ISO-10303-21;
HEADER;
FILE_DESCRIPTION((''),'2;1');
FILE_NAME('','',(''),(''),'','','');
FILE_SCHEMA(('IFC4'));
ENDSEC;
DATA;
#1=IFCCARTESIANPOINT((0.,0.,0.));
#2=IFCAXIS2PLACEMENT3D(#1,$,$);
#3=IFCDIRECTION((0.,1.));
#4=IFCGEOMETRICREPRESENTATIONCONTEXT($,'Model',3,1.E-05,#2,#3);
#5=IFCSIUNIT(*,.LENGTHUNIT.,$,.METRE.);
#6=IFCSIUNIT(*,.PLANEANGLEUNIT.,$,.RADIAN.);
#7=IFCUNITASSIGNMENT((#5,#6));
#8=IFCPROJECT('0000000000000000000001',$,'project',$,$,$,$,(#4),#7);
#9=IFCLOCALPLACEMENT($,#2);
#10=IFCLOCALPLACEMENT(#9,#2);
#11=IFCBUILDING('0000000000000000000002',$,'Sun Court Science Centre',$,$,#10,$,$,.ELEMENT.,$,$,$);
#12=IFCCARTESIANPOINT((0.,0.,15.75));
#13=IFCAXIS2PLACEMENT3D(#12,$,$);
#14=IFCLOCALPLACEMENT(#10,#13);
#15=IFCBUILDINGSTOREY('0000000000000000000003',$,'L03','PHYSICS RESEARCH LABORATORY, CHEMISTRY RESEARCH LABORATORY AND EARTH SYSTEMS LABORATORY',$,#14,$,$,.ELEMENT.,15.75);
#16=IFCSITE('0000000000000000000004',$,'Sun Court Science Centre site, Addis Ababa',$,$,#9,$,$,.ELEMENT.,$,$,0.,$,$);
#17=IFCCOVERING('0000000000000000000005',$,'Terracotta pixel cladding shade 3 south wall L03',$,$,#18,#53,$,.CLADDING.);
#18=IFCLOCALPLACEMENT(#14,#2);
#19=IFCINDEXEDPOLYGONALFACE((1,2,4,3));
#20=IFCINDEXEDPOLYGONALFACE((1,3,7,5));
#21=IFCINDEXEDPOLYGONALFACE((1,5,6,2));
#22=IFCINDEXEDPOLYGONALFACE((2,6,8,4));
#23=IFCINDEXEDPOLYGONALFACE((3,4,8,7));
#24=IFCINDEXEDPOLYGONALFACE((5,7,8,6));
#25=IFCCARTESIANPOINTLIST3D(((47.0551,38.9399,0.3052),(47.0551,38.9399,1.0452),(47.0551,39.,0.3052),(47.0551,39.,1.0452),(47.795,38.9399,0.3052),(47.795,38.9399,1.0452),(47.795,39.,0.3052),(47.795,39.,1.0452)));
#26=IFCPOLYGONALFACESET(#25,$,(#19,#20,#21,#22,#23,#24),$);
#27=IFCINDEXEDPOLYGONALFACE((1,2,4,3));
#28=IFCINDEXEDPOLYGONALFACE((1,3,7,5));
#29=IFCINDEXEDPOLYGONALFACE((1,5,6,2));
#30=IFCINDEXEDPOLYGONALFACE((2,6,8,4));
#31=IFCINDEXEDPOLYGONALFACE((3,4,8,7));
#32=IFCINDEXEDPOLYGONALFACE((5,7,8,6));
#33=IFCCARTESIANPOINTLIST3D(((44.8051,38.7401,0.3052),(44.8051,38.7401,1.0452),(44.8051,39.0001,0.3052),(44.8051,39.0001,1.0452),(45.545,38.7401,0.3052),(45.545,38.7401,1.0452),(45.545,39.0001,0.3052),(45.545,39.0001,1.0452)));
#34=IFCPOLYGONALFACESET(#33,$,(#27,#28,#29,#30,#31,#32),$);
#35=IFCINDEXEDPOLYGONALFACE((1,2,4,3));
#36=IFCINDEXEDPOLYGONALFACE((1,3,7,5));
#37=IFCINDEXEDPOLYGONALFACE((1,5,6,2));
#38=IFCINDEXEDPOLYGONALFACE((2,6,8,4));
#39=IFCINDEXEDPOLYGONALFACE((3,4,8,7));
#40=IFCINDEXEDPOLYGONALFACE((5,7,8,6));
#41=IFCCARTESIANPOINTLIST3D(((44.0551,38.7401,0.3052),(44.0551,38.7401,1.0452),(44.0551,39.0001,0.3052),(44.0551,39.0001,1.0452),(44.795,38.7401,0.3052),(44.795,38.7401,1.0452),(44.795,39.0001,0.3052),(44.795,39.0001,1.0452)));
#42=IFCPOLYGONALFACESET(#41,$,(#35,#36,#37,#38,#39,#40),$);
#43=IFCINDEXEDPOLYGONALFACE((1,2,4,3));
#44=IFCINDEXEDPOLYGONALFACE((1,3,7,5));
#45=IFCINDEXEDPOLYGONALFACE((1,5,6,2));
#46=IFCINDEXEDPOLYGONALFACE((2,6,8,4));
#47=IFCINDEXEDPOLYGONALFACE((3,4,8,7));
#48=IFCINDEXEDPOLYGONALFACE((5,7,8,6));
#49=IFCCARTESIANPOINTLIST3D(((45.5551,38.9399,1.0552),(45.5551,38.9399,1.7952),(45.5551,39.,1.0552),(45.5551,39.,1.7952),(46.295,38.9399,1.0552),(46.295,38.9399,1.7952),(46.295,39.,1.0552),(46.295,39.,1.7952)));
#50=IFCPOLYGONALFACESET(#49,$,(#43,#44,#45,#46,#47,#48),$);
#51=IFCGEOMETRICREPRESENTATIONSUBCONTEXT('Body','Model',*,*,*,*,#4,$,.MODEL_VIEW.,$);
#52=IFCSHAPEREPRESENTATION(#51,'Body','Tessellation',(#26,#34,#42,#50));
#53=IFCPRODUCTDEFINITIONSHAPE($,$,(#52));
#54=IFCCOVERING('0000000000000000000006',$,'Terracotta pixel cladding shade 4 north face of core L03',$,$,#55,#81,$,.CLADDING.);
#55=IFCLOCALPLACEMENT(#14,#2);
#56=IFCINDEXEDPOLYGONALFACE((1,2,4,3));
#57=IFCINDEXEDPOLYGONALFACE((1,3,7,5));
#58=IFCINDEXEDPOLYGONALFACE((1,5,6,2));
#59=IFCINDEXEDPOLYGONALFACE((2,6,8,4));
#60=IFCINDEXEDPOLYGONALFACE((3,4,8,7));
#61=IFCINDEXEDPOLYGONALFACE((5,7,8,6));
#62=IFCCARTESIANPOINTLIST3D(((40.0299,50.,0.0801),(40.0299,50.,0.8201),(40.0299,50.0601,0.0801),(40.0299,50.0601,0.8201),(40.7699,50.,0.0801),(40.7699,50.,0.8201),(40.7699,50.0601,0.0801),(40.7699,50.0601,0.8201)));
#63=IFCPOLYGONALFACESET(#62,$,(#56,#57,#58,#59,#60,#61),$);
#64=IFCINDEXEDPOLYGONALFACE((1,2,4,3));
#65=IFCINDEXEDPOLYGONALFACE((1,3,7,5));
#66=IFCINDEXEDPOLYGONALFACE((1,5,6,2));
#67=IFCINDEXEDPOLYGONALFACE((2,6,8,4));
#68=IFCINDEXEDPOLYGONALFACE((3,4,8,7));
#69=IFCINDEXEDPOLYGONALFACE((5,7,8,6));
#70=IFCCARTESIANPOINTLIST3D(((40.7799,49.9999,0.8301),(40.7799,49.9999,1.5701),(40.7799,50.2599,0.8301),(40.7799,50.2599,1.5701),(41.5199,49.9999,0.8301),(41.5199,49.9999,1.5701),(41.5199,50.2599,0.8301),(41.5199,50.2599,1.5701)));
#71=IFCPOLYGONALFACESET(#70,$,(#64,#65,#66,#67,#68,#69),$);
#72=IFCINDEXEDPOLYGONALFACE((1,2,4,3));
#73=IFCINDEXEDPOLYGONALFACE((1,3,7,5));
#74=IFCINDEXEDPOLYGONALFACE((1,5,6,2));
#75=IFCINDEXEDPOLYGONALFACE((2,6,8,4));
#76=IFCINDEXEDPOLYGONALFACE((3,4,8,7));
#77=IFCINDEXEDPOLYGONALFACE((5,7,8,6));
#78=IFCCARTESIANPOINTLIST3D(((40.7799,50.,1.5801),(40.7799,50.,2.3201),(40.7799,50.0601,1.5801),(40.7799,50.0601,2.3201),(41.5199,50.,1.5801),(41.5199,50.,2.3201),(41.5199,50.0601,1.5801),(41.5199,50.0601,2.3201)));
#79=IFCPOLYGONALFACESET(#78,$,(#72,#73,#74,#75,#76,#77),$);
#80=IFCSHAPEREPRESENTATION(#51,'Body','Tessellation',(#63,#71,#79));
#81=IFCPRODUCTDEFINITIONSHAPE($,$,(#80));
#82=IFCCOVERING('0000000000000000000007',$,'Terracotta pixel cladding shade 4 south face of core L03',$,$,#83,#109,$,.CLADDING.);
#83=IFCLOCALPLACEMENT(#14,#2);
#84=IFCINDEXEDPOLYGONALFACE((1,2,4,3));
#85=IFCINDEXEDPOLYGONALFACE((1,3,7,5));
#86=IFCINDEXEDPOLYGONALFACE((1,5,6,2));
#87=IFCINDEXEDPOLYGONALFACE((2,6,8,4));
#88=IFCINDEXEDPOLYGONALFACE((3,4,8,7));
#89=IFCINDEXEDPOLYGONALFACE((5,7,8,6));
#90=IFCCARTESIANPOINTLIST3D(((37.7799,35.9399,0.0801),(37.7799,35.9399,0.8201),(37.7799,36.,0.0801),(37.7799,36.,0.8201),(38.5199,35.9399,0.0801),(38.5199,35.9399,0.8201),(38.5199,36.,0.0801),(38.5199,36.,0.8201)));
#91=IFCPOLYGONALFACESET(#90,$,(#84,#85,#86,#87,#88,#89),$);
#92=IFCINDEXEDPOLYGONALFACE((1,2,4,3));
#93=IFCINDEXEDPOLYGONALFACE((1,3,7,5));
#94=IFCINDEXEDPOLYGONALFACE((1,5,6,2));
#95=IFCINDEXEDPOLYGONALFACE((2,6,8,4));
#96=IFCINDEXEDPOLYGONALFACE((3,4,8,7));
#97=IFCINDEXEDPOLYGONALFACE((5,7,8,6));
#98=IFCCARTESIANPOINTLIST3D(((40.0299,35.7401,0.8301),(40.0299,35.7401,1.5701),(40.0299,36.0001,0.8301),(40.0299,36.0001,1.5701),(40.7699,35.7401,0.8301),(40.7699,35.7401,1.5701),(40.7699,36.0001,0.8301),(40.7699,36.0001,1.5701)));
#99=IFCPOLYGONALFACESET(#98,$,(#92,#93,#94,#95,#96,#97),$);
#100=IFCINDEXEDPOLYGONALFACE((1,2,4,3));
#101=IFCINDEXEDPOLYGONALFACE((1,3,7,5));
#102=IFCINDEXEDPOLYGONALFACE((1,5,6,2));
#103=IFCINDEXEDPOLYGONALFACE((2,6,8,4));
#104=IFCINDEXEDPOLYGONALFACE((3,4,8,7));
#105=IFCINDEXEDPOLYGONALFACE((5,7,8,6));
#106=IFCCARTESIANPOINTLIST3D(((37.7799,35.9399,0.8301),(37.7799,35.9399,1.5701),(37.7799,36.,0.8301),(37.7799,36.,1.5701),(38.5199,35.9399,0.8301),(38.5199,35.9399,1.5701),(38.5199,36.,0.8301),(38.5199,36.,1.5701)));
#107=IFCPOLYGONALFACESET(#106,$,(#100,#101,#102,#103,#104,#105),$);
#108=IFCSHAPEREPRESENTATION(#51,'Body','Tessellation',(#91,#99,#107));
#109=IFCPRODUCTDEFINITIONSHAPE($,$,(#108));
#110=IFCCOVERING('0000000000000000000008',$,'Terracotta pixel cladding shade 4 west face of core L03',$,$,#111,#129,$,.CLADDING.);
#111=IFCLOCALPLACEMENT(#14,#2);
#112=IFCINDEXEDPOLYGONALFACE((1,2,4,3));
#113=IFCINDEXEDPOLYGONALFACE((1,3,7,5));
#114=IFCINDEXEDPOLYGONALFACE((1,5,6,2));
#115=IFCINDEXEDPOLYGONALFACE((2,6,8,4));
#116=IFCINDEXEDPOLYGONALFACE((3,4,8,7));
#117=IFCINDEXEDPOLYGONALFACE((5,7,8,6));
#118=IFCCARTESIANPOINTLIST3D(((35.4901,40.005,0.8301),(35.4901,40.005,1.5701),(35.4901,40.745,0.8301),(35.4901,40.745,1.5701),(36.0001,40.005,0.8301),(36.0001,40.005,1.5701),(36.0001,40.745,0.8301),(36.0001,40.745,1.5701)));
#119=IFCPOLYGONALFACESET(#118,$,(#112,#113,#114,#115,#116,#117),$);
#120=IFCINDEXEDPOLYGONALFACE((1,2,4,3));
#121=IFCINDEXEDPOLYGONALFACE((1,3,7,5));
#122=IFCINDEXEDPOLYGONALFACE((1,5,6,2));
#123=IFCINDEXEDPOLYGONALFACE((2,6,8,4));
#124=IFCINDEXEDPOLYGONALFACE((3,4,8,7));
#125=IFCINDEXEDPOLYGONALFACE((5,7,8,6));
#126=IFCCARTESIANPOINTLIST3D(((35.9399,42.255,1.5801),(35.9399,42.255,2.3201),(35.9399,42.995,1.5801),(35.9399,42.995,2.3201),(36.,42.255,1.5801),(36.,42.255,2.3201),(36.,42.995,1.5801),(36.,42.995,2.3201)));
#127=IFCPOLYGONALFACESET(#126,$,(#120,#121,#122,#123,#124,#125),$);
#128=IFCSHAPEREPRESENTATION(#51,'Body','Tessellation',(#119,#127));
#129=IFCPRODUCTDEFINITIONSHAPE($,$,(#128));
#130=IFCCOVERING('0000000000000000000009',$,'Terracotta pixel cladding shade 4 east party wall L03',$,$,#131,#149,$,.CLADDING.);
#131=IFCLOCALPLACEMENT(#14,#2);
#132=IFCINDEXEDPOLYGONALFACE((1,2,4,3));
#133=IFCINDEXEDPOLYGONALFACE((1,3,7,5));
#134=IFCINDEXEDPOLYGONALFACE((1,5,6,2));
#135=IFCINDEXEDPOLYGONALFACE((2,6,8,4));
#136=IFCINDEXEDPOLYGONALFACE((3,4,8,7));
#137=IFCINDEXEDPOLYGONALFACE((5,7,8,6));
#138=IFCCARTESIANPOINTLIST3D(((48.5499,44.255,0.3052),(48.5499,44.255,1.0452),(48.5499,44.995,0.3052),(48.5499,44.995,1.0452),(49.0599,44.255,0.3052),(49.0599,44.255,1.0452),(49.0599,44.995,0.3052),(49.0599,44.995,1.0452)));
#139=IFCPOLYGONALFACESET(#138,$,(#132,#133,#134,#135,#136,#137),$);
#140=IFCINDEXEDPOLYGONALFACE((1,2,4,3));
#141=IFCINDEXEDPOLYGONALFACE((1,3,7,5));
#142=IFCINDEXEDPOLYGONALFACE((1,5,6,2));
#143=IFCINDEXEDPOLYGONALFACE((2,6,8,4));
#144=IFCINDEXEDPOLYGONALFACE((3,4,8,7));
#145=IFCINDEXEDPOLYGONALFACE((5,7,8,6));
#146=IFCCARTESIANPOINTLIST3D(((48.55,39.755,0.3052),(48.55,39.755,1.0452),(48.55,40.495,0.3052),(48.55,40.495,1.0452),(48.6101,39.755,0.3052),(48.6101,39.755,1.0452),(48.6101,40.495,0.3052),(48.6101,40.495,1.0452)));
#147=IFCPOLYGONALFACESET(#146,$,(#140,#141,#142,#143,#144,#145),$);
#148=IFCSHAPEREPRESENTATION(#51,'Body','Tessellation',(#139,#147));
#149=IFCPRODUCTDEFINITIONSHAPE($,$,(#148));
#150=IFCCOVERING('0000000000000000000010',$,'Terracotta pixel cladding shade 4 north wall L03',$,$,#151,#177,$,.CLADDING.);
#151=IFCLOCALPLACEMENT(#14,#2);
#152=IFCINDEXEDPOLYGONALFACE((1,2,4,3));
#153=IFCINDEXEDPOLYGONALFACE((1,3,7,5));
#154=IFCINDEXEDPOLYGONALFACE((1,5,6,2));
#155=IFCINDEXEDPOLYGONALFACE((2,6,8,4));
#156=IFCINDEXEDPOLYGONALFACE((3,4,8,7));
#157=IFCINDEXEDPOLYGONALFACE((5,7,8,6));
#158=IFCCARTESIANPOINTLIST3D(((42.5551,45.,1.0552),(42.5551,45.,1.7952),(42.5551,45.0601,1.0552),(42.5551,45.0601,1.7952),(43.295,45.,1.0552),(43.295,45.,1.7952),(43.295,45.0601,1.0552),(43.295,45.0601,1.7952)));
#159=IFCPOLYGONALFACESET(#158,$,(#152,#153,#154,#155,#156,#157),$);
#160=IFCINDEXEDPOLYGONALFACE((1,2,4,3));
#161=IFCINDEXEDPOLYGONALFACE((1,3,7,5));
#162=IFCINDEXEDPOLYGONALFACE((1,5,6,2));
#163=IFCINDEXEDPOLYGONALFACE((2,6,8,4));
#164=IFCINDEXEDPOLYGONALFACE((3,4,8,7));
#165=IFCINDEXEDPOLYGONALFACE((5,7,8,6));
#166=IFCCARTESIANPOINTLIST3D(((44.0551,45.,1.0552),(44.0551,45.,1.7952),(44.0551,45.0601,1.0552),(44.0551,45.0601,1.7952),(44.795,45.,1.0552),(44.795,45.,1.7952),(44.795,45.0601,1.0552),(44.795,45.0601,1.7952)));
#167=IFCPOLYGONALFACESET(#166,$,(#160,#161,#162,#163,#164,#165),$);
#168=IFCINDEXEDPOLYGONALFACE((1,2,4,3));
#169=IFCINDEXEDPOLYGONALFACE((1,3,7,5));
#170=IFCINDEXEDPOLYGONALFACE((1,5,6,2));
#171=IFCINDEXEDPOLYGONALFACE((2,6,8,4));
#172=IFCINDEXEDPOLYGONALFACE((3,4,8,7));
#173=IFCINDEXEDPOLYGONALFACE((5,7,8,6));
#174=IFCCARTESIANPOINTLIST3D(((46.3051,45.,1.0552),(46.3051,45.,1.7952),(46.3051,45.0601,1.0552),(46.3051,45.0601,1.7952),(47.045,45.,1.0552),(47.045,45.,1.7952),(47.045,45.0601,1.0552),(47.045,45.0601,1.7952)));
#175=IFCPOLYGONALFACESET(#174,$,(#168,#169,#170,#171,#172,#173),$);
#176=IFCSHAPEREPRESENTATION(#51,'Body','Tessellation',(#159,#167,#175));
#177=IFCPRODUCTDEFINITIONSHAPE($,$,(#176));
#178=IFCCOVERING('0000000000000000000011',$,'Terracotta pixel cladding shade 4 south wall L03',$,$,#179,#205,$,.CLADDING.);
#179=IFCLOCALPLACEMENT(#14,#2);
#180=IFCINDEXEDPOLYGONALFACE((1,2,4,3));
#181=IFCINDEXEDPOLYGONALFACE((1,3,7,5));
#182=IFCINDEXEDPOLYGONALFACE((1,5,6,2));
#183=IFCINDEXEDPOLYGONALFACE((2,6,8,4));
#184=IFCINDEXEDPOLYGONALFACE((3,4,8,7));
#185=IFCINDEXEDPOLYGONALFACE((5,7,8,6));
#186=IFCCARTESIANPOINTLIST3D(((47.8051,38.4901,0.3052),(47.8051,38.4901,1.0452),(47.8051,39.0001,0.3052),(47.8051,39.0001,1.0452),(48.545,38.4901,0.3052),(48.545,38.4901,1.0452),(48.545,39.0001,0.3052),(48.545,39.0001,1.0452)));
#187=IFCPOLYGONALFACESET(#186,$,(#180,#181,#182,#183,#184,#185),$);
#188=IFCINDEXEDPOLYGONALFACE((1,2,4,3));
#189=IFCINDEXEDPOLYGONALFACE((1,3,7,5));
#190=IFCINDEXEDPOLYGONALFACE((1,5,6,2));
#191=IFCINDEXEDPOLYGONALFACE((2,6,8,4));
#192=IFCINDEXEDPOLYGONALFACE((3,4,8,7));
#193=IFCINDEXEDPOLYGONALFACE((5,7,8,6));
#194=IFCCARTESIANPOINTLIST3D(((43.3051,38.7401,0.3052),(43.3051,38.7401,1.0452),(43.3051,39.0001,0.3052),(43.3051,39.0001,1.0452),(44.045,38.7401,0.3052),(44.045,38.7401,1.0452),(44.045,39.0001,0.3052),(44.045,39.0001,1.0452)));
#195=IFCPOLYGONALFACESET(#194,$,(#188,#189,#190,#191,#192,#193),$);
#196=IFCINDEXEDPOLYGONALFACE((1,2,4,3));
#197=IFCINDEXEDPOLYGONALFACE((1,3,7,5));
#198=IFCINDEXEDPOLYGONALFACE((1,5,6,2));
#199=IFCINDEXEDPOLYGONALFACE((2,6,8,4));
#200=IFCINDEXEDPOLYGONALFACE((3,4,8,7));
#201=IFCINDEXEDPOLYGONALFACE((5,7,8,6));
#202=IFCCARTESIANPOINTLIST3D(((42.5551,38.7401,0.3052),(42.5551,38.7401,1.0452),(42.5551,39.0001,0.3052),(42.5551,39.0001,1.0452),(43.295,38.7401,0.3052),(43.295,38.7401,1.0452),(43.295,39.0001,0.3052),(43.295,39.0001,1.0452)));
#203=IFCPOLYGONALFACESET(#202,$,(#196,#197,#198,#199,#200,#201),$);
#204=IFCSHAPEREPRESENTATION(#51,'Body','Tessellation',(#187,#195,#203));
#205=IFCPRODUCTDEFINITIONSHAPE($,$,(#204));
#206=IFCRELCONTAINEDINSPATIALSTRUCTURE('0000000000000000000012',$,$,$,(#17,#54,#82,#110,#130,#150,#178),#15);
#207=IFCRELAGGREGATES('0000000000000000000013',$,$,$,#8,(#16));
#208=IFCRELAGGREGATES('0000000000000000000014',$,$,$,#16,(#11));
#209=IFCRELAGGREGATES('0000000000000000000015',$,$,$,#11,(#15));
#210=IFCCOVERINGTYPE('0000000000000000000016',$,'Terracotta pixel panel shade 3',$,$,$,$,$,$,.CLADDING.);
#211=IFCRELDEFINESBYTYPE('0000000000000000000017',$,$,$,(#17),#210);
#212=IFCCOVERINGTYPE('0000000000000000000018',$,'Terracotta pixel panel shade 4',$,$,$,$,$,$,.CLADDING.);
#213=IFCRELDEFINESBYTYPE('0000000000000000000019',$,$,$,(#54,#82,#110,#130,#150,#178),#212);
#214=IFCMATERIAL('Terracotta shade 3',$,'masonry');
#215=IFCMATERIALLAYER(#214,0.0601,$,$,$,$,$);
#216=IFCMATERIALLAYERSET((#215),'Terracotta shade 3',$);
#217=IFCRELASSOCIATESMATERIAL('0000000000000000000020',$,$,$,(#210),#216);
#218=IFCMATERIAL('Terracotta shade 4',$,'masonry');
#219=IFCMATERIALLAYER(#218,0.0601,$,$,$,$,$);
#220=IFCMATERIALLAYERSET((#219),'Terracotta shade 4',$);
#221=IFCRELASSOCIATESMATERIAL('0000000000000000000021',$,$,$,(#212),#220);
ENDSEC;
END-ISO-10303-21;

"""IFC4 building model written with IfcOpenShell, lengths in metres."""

from ifc_helpers import new_model, si_unit, direction, frame, origin, origin_2d, place, context, subcontext, project, spatial, rectangle, extrude, material, layer, layer_set, type_object, element, save


model = new_model("IFC4")

# Units and contexts
model_context = context("Model", 3, precision=1e-05, world=origin(), true_north=direction((0.0, 1.0)))
body_context = subcontext(model_context, "Body", "Model", "MODEL_VIEW")
ifc_project = project(units=[si_unit("LENGTHUNIT", "METRE"), si_unit("PLANEANGLEUNIT", "RADIAN")], contexts=[model_context])

# Site, building, storey
site_placement = place(None, origin())
site = spatial("IfcSite", under=ifc_project, at=site_placement, Name="Sun Court Science Centre site, Addis Ababa", CompositionType="ELEMENT", RefElevation=0.0)
building_placement = place(site_placement, origin())
building = spatial("IfcBuilding", under=site, at=building_placement, Name="Sun Court Science Centre", CompositionType="ELEMENT")
storey_placement = place(building_placement, frame((0.0, 0.0, 15.75)))
storey = spatial("IfcBuildingStorey", under=building, at=storey_placement, Name="L03", Description="PHYSICS RESEARCH LABORATORY, CHEMISTRY RESEARCH LABORATORY AND EARTH SYSTEMS LABORATORY", CompositionType="ELEMENT", Elevation=15.75)

# Coverings
ifc_material_1 = material(Name="Terracotta shade 3", Category="masonry")
ifc_layer_1 = layer(ifc_material_1, 0.0601)
ifc_layer_set_1 = layer_set([ifc_layer_1], Name="Terracotta shade 3")
covering_type_1 = type_object("IfcCoveringType", Name="Terracotta pixel panel shade 3", PredefinedType="CLADDING", material=ifc_layer_set_1)
covering_1_placement = place(storey_placement, frame((0.0, 0.0, -15.75)))
element("IfcCovering", 1, at=covering_1_placement, inside=storey, type_object=covering_type_1, Name="Terracotta pixel cladding shade 3 south wall L03", PredefinedType="CLADDING", context=body_context, shape_type="SweptSolid", body=[
    extrude(rectangle(XDim=0.74, YDim=0.0601, at=origin_2d()), frame((47.425, 38.97, 16.0552), z_axis=(0.0, 0.0, 1.0), x_axis=(-1.0, 0.0, 0.0)), (0.0, 0.0, 1.0), 0.74),
    extrude(rectangle(XDim=0.74, YDim=0.26, at=origin_2d()), frame((45.175, 38.8701, 16.0552), z_axis=(0.0, 0.0, 1.0), x_axis=(-1.0, 0.0, 0.0)), (0.0, 0.0, 1.0), 0.74),
    extrude(rectangle(XDim=0.74, YDim=0.26, at=origin_2d()), frame((44.425, 38.8701, 16.0552), z_axis=(0.0, 0.0, 1.0), x_axis=(-1.0, 0.0, 0.0)), (0.0, 0.0, 1.0), 0.74),
    extrude(rectangle(XDim=0.74, YDim=0.0601, at=origin_2d()), frame((45.925, 38.97, 16.8052), z_axis=(0.0, 0.0, 1.0), x_axis=(-1.0, 0.0, 0.0)), (0.0, 0.0, 1.0), 0.74),
])
ifc_material_2 = material(Name="Terracotta shade 4", Category="masonry")
ifc_layer_2 = layer(ifc_material_2, 0.0601)
ifc_layer_set_2 = layer_set([ifc_layer_2], Name="Terracotta shade 4")
covering_type_2 = type_object("IfcCoveringType", Name="Terracotta pixel panel shade 4", PredefinedType="CLADDING", material=ifc_layer_set_2)
covering_2_placement = place(storey_placement, frame((0.0, 0.0, -15.75)))
element("IfcCovering", 2, at=covering_2_placement, inside=storey, type_object=covering_type_2, Name="Terracotta pixel cladding shade 4 north face of core L03", PredefinedType="CLADDING", context=body_context, shape_type="SweptSolid", body=[
    extrude(rectangle(XDim=0.74, YDim=0.0601, at=origin_2d()), frame((40.3999, 50.03, 15.8301), z_axis=(0.0, 0.0, 1.0), x_axis=(1.0, 0.0, 0.0)), (0.0, 0.0, 1.0), 0.74),
    extrude(rectangle(XDim=0.74, YDim=0.26, at=origin_2d()), frame((41.1499, 50.1299, 16.5801), z_axis=(0.0, 0.0, 1.0), x_axis=(1.0, 0.0, 0.0)), (0.0, 0.0, 1.0), 0.74),
    extrude(rectangle(XDim=0.74, YDim=0.0601, at=origin_2d()), frame((41.1499, 50.03, 17.3301), z_axis=(0.0, 0.0, 1.0), x_axis=(1.0, 0.0, 0.0)), (0.0, 0.0, 1.0), 0.74),
])
covering_3_placement = place(storey_placement, frame((0.0, 0.0, -15.75)))
element("IfcCovering", 3, at=covering_3_placement, inside=storey, type_object=covering_type_2, Name="Terracotta pixel cladding shade 4 south face of core L03", PredefinedType="CLADDING", context=body_context, shape_type="SweptSolid", body=[
    extrude(rectangle(XDim=0.74, YDim=0.0601, at=origin_2d()), frame((38.1499, 35.97, 15.8301), z_axis=(0.0, 0.0, 1.0), x_axis=(-1.0, 0.0, 0.0)), (0.0, 0.0, 1.0), 0.74),
    extrude(rectangle(XDim=0.74, YDim=0.26, at=origin_2d()), frame((40.3999, 35.8701, 16.5801), z_axis=(0.0, 0.0, 1.0), x_axis=(-1.0, 0.0, 0.0)), (0.0, 0.0, 1.0), 0.74),
    extrude(rectangle(XDim=0.74, YDim=0.0601, at=origin_2d()), frame((38.1499, 35.97, 16.5801), z_axis=(0.0, 0.0, 1.0), x_axis=(-1.0, 0.0, 0.0)), (0.0, 0.0, 1.0), 0.74),
])
covering_4_placement = place(storey_placement, frame((0.0, 0.0, -15.75)))
element("IfcCovering", 4, at=covering_4_placement, inside=storey, type_object=covering_type_2, Name="Terracotta pixel cladding shade 4 west face of core L03", PredefinedType="CLADDING", context=body_context, shape_type="SweptSolid", body=[
    extrude(rectangle(XDim=0.74, YDim=0.51, at=origin_2d()), frame((35.7451, 40.375, 16.5801), z_axis=(0.0, 0.0, 1.0), x_axis=(0.0, 1.0, 0.0)), (0.0, 0.0, 1.0), 0.74),
    extrude(rectangle(XDim=0.74, YDim=0.0601, at=origin_2d()), frame((35.97, 42.625, 17.3301), z_axis=(0.0, 0.0, 1.0), x_axis=(0.0, 1.0, 0.0)), (0.0, 0.0, 1.0), 0.74),
])
covering_5_placement = place(storey_placement, frame((0.0, 0.0, -15.75)))
element("IfcCovering", 5, at=covering_5_placement, inside=storey, type_object=covering_type_2, Name="Terracotta pixel cladding shade 4 east party wall L03", PredefinedType="CLADDING", context=body_context, shape_type="SweptSolid", body=[
    extrude(rectangle(XDim=0.74, YDim=0.51, at=origin_2d()), frame((48.8049, 44.625, 16.0552), z_axis=(0.0, 0.0, 1.0), x_axis=(0.0, -1.0, 0.0)), (0.0, 0.0, 1.0), 0.74),
    extrude(rectangle(XDim=0.74, YDim=0.0601, at=origin_2d()), frame((48.5801, 40.125, 16.0552), z_axis=(0.0, 0.0, 1.0), x_axis=(0.0, -1.0, 0.0)), (0.0, 0.0, 1.0), 0.74),
])
covering_6_placement = place(storey_placement, frame((0.0, 0.0, -15.75)))
element("IfcCovering", 6, at=covering_6_placement, inside=storey, type_object=covering_type_2, Name="Terracotta pixel cladding shade 4 north wall L03", PredefinedType="CLADDING", context=body_context, shape_type="SweptSolid", body=[
    extrude(rectangle(XDim=0.74, YDim=0.0601, at=origin_2d()), frame((42.925, 45.03, 16.8052), z_axis=(0.0, 0.0, 1.0), x_axis=(1.0, 0.0, 0.0)), (0.0, 0.0, 1.0), 0.74),
    extrude(rectangle(XDim=0.74, YDim=0.0601, at=origin_2d()), frame((44.425, 45.03, 16.8052), z_axis=(0.0, 0.0, 1.0), x_axis=(1.0, 0.0, 0.0)), (0.0, 0.0, 1.0), 0.74),
    extrude(rectangle(XDim=0.74, YDim=0.0601, at=origin_2d()), frame((46.675, 45.03, 16.8052), z_axis=(0.0, 0.0, 1.0), x_axis=(1.0, 0.0, 0.0)), (0.0, 0.0, 1.0), 0.74),
])
covering_7_placement = place(storey_placement, frame((0.0, 0.0, -15.75)))
element("IfcCovering", 7, at=covering_7_placement, inside=storey, type_object=covering_type_2, Name="Terracotta pixel cladding shade 4 south wall L03", PredefinedType="CLADDING", context=body_context, shape_type="SweptSolid", body=[
    extrude(rectangle(XDim=0.74, YDim=0.51, at=origin_2d()), frame((48.175, 38.7451, 16.0552), z_axis=(0.0, 0.0, 1.0), x_axis=(-1.0, 0.0, 0.0)), (0.0, 0.0, 1.0), 0.74),
    extrude(rectangle(XDim=0.74, YDim=0.26, at=origin_2d()), frame((43.675, 38.8701, 16.0552), z_axis=(0.0, 0.0, 1.0), x_axis=(-1.0, 0.0, 0.0)), (0.0, 0.0, 1.0), 0.74),
    extrude(rectangle(XDim=0.74, YDim=0.26, at=origin_2d()), frame((42.925, 38.8701, 16.0552), z_axis=(0.0, 0.0, 1.0), x_axis=(-1.0, 0.0, 0.0)), (0.0, 0.0, 1.0), 0.74),
])

save(model, "model.ifc")
